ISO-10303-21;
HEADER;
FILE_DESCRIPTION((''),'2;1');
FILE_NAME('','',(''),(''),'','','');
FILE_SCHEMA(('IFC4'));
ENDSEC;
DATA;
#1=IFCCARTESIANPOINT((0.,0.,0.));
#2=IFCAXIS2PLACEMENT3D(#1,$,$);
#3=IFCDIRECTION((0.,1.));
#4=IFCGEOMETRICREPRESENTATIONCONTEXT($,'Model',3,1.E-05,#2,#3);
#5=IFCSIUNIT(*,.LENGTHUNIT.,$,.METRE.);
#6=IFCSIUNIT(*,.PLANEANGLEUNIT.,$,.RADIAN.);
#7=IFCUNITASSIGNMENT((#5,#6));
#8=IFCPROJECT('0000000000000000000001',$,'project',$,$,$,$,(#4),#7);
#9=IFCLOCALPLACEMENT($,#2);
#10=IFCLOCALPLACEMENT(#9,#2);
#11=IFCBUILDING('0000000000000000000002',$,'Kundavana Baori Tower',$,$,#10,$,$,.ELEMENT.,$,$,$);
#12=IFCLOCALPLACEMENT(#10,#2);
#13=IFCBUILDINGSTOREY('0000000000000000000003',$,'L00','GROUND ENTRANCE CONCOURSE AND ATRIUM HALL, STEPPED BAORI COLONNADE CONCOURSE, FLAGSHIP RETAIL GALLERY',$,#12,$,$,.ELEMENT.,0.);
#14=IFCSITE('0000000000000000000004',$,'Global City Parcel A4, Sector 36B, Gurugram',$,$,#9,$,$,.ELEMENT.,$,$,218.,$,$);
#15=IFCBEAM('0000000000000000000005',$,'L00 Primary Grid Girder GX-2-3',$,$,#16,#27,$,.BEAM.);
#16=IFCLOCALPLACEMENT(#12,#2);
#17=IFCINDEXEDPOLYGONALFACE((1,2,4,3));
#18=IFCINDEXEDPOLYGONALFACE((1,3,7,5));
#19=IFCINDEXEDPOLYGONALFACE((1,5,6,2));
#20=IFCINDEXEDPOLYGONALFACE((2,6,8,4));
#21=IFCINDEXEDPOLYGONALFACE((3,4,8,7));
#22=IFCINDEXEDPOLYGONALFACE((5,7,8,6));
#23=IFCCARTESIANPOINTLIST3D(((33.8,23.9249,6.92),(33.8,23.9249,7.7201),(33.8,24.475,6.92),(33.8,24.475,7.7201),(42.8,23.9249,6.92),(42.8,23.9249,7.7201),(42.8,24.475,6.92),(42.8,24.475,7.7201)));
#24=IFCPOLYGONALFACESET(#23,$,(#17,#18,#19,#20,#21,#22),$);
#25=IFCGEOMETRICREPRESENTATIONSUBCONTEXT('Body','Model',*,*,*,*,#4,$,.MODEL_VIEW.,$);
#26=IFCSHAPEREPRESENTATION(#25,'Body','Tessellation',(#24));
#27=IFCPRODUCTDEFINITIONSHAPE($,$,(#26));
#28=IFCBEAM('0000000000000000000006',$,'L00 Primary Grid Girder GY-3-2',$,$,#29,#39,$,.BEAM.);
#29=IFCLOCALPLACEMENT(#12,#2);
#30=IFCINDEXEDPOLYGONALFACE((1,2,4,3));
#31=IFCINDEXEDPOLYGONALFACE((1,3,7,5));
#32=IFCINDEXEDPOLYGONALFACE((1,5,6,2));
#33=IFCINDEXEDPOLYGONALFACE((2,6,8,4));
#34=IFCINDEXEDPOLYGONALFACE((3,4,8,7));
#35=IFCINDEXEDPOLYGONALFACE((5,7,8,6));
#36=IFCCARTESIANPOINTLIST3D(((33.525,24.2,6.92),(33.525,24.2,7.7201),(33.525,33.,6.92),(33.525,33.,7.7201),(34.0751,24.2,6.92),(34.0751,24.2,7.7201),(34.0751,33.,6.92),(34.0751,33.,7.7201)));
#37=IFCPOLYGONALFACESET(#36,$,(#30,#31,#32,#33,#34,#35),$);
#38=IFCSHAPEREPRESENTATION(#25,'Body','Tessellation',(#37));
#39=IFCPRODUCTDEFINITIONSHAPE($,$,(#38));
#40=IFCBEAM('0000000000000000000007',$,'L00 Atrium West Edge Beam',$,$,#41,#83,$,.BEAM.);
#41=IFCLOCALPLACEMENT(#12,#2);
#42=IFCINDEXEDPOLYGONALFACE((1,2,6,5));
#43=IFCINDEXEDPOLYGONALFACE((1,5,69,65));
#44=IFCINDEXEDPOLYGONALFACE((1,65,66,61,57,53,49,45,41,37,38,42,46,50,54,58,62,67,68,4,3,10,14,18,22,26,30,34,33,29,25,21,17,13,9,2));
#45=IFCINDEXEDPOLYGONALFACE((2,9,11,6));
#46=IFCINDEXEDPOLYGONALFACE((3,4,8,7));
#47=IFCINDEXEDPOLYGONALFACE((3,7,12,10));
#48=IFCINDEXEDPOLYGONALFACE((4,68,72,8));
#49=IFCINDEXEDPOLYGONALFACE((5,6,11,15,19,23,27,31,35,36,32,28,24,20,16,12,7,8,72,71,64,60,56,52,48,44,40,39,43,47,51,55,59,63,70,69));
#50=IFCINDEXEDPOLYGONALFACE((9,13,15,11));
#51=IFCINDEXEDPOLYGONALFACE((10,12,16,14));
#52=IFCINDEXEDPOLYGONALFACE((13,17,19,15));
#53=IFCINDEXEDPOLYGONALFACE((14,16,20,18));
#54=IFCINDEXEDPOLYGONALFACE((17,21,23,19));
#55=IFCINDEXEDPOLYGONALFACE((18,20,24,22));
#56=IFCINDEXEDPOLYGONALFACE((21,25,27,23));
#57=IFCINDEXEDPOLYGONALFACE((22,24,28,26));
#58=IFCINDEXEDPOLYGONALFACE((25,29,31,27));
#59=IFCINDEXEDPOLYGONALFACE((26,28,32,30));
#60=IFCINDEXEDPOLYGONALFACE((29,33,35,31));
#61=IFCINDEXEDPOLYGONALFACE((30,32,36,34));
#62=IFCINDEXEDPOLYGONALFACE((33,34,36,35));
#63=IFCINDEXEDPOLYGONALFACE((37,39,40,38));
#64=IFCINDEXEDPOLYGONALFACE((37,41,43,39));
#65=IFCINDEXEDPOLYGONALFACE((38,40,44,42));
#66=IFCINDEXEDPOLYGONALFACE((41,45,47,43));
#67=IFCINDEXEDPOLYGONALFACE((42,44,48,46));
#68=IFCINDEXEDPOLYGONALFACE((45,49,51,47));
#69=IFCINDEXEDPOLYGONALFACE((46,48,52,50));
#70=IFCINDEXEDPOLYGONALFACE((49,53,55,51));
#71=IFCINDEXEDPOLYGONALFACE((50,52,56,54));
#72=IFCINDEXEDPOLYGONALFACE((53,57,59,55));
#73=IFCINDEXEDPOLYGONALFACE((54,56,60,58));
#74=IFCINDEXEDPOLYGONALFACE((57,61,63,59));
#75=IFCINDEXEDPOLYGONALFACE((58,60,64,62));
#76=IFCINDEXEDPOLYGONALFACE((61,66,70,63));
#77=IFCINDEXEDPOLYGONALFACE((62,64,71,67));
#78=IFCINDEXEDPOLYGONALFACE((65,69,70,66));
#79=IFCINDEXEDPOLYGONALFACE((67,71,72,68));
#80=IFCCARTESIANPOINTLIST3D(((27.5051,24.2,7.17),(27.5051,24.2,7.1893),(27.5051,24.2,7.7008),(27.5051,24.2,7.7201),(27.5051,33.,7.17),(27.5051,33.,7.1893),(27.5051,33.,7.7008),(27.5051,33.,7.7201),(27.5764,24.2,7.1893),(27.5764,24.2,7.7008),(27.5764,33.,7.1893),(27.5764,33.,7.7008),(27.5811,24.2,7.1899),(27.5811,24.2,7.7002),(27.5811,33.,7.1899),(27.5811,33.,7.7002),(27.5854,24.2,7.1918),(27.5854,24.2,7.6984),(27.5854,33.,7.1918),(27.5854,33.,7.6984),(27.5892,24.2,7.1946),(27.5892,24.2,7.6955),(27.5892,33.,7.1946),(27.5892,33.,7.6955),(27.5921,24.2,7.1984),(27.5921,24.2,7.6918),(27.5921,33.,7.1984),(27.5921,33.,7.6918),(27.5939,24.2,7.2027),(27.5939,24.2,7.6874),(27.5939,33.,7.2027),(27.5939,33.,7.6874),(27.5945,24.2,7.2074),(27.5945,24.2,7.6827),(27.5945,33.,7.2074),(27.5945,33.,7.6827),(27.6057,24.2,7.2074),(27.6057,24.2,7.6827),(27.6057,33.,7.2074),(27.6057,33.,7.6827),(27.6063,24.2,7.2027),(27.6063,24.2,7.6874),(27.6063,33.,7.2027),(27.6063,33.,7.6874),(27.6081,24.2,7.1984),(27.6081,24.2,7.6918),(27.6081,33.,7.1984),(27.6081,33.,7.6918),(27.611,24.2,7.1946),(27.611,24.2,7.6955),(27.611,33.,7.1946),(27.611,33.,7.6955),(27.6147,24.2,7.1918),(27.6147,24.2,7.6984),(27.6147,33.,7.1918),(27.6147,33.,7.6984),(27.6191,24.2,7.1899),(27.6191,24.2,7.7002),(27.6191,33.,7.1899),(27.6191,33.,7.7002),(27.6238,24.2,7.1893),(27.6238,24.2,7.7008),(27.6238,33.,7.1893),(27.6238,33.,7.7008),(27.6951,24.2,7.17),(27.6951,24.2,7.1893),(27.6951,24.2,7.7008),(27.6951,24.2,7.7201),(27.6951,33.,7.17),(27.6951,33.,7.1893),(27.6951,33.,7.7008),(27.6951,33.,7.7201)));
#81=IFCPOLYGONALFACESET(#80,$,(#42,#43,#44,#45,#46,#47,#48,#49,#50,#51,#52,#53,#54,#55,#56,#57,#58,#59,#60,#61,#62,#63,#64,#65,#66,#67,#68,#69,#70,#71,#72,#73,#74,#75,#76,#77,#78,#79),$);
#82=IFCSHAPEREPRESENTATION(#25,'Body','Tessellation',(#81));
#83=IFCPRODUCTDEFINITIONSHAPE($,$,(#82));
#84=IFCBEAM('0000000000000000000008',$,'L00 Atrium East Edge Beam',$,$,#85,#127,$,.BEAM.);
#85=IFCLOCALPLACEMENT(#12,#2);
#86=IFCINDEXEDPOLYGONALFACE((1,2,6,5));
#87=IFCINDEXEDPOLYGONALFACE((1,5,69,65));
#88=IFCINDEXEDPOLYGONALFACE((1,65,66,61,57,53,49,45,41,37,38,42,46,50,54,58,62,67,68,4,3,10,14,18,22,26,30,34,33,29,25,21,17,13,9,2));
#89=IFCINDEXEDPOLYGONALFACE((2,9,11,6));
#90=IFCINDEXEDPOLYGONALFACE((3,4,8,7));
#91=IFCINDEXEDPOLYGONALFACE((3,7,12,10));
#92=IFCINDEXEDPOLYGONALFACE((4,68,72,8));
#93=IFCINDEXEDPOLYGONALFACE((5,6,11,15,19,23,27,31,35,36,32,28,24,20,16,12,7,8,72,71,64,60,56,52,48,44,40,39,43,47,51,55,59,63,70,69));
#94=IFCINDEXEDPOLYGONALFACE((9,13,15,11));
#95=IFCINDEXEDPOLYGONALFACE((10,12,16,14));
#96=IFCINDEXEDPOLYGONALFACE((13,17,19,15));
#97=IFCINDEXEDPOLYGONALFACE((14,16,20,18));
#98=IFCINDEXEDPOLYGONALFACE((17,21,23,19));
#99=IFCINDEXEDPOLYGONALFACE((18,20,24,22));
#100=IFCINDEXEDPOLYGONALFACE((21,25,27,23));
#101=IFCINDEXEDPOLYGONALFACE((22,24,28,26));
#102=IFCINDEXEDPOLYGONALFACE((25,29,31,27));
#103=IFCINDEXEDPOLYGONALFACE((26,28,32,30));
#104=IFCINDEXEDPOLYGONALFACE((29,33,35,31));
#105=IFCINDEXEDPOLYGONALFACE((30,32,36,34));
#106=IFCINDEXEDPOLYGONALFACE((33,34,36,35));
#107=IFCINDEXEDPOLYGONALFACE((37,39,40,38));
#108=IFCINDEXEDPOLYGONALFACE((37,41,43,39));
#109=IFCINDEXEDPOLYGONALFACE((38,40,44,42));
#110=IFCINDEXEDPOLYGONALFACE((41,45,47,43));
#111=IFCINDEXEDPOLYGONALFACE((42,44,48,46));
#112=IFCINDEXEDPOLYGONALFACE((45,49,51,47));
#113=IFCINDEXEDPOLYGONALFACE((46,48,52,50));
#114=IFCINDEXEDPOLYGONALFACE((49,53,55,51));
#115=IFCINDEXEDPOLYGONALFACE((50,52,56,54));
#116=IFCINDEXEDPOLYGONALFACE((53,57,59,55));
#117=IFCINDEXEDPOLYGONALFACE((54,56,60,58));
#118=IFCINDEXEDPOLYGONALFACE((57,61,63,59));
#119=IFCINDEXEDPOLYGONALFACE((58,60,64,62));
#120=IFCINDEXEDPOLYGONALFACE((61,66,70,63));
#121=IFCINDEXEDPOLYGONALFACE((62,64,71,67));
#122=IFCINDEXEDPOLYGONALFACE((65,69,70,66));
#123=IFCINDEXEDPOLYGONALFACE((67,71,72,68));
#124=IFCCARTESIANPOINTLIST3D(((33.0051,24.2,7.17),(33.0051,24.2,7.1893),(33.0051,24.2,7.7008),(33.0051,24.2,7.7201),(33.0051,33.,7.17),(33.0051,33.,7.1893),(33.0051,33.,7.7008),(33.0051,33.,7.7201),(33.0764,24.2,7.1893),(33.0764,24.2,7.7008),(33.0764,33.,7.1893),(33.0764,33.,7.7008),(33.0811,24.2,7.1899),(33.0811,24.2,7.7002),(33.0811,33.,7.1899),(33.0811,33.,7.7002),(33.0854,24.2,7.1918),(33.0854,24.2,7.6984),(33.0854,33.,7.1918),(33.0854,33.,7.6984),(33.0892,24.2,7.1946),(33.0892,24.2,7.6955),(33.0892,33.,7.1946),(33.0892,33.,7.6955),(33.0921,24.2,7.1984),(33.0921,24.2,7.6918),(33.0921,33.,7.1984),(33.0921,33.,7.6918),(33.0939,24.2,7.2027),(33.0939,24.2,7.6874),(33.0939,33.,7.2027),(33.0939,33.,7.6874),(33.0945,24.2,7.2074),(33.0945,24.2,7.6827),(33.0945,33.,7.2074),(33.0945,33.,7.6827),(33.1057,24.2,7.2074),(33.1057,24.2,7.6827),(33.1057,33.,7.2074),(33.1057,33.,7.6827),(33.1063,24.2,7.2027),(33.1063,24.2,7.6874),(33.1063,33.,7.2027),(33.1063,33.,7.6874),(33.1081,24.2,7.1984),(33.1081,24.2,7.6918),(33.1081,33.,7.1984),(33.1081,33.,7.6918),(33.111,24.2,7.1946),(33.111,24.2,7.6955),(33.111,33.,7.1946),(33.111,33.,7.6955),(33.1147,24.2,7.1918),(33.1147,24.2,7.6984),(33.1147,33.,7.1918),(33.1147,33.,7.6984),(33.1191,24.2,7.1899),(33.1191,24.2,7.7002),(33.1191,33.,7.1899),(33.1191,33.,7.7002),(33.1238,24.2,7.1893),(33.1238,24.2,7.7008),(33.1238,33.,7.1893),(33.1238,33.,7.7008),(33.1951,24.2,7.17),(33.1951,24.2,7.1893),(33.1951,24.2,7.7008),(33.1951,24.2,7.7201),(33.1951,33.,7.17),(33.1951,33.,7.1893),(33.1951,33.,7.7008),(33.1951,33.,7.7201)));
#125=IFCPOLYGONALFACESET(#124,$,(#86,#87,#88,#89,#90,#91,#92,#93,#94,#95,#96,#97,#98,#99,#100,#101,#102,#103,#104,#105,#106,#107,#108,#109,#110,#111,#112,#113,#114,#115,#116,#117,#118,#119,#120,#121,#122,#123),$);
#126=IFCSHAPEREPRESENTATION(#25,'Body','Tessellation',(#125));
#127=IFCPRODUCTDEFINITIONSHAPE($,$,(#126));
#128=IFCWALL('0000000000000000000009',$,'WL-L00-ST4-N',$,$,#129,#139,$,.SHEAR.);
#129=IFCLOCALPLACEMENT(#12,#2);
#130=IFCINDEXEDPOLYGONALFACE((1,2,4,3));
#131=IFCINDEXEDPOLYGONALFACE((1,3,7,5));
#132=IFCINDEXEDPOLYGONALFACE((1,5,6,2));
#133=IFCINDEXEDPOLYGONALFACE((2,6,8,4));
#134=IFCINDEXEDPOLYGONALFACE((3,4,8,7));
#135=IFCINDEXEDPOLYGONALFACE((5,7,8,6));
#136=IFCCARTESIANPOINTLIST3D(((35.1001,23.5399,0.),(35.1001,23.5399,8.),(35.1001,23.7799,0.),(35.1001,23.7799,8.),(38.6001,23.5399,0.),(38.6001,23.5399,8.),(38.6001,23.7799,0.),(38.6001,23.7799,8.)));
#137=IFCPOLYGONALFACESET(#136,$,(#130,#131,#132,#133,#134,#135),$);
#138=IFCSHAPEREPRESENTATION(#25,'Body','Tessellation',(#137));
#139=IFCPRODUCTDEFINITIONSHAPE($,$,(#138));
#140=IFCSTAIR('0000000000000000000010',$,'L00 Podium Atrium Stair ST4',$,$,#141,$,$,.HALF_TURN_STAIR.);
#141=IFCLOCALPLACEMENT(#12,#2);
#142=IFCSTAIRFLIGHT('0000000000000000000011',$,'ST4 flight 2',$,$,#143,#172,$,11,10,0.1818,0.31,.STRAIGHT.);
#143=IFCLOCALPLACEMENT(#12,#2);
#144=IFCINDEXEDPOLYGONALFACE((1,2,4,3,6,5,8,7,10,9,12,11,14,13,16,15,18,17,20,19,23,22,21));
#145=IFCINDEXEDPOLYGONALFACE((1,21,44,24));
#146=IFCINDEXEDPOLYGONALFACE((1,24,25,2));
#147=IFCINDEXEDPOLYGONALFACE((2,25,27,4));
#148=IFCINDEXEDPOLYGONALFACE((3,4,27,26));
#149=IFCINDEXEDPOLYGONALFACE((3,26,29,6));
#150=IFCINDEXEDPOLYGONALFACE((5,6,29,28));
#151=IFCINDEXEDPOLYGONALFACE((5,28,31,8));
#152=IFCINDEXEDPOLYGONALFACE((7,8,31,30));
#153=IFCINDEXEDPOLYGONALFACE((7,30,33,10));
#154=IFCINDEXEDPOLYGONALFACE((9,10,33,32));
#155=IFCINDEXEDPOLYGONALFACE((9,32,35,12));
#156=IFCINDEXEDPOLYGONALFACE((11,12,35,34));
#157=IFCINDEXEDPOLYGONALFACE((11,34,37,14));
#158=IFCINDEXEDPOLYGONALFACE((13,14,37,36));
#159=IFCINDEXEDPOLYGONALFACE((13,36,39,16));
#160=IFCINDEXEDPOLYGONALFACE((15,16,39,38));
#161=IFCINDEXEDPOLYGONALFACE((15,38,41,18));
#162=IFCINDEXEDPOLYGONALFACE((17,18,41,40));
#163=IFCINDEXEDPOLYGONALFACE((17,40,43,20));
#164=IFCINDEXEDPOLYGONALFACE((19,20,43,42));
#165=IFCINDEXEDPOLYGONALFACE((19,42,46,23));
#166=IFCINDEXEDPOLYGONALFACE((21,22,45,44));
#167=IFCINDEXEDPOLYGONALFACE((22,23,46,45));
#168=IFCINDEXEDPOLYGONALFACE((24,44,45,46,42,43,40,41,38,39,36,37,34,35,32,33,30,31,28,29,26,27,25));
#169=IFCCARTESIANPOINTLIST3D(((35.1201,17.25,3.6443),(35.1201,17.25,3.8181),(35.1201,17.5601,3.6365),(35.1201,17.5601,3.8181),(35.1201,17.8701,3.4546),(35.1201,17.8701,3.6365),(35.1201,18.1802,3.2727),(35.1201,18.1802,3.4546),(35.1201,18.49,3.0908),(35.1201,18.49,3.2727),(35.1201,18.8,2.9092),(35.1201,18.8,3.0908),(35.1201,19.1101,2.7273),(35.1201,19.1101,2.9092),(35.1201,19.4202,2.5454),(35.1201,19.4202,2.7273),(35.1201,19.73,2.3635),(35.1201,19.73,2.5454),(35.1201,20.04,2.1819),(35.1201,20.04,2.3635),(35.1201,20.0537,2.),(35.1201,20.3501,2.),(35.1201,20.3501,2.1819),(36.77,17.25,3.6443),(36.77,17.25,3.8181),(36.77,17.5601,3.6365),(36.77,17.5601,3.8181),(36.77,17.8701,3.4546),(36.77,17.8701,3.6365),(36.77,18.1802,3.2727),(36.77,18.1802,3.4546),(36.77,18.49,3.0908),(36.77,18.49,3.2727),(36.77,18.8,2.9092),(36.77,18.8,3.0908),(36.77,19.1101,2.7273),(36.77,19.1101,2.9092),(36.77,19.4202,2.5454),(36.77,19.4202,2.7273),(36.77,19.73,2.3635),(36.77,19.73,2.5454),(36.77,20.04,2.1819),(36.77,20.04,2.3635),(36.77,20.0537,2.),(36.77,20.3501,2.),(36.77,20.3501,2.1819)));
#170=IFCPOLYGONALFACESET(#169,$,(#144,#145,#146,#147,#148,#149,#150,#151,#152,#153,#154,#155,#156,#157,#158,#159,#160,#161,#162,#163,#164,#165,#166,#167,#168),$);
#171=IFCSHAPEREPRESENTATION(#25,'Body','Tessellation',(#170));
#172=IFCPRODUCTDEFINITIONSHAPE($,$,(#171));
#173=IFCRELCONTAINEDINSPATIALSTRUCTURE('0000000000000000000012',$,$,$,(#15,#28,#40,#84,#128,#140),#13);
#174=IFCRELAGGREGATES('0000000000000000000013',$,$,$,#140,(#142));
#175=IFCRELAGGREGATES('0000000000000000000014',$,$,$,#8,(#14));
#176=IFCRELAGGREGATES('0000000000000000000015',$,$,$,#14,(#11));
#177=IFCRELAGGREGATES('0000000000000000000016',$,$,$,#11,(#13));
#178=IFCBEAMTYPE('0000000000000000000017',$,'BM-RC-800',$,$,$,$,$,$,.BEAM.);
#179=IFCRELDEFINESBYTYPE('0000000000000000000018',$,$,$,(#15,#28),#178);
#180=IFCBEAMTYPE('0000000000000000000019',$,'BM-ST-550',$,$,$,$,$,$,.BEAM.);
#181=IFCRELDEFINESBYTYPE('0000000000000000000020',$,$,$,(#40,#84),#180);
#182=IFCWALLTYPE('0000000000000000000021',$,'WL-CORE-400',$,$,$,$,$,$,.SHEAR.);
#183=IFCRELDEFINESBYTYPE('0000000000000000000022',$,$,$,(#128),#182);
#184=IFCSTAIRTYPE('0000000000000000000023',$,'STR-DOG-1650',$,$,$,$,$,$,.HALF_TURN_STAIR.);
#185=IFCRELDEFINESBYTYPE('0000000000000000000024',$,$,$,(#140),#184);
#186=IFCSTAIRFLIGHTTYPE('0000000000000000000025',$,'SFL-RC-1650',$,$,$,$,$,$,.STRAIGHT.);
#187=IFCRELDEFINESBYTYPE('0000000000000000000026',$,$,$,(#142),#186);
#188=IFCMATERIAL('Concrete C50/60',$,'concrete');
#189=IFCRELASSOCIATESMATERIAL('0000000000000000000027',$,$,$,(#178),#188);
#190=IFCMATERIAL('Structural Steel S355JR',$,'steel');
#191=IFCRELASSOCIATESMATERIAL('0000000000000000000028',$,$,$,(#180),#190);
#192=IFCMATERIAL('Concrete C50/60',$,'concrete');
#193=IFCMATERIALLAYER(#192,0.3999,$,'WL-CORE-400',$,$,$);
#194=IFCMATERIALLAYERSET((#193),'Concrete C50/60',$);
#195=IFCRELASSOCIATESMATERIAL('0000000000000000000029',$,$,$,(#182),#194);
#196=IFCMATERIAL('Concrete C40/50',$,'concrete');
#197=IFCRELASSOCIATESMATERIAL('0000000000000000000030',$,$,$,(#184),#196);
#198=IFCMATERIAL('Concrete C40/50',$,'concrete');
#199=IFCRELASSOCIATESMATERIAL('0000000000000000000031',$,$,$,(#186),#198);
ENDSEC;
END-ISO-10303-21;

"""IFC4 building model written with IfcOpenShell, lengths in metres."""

from ifc_helpers import new_model, si_unit, direction, frame, frame_2d, origin, origin_2d, place, context, subcontext, project, spatial, polyline, rectangle, i_section, outline, extrude, material, layer, layer_set, material_profile, profile_set, type_object, element, aggregate, save


model = new_model("IFC4")

# Units and contexts
model_context = context("Model", 3, precision=1e-05, world=origin(), true_north=direction((0.0, 1.0)))
body_context = subcontext(model_context, "Body", "Model", "MODEL_VIEW")
ifc_project = project(units=[si_unit("LENGTHUNIT", "METRE"), si_unit("PLANEANGLEUNIT", "RADIAN")], contexts=[model_context])

# Site, building, storey
site_placement = place(None, origin())
site = spatial("IfcSite", under=ifc_project, at=site_placement, Name="Global City Parcel A4, Sector 36B, Gurugram", CompositionType="ELEMENT", RefElevation=218.0)
building_placement = place(site_placement, origin())
building = spatial("IfcBuilding", under=site, at=building_placement, Name="Kundavana Baori Tower", CompositionType="ELEMENT")
storey_placement = place(building_placement, origin())
storey = spatial("IfcBuildingStorey", under=building, at=storey_placement, Name="L00", Description="GROUND ENTRANCE CONCOURSE AND ATRIUM HALL, STEPPED BAORI COLONNADE CONCOURSE, FLAGSHIP RETAIL GALLERY", CompositionType="ELEMENT", Elevation=0.0)

# Beams
ifc_material_1 = material(Name="Concrete C50/60", Category="concrete")
ifc_material_profile_1 = material_profile(ifc_material_1, rectangle(XDim=0.55, YDim=0.8, at=origin_2d()), Name="RC BM 550x800")
ifc_profile_set_1 = profile_set([ifc_material_profile_1], Name="Concrete C50/60")
beam_type_1 = type_object("IfcBeamType", Name="BM-RC-800", PredefinedType="BEAM", material=ifc_profile_set_1)
beam_1_placement = place(storey_placement, frame((33.8, 24.2, 7.3201), z_axis=(1.0, 0.0, 0.0), x_axis=(0.0, 1.0, 0.0)))
element("IfcBeam", 1, at=beam_1_placement, inside=storey, type_object=beam_type_1, Name="L00 Primary Grid Girder GX-2-3", PredefinedType="BEAM", context=body_context, shape_type="SweptSolid", body=[
    extrude(rectangle(XDim=0.55, YDim=0.8, at=origin_2d()), origin(), (0.0, 0.0, 1.0), 9.0),
])
beam_2_placement = place(storey_placement, frame((33.8, 24.2, 7.3201), z_axis=(0.0, 1.0, 0.0), x_axis=(-1.0, 0.0, 0.0)))
element("IfcBeam", 2, at=beam_2_placement, inside=storey, type_object=beam_type_1, Name="L00 Primary Grid Girder GY-3-2", PredefinedType="BEAM", context=body_context, shape_type="SweptSolid", body=[
    extrude(rectangle(XDim=0.55, YDim=0.8, at=origin_2d()), origin(), (0.0, 0.0, 1.0), 8.8),
])
ifc_material_2 = material(Name="Structural Steel S355JR", Category="steel")
ifc_material_profile_2 = material_profile(ifc_material_2, i_section(OverallWidth=0.1899, OverallDepth=0.55, WebThickness=0.0112, FlangeThickness=0.0193, FilletRadius=0.0181, at=origin_2d()), Name="ISMB 550")
ifc_profile_set_2 = profile_set([ifc_material_profile_2], Name="Structural Steel S355JR")
beam_type_2 = type_object("IfcBeamType", Name="BM-ST-550", PredefinedType="BEAM", material=ifc_profile_set_2)
for number, where, z_axis, x_axis, name in (
    (3, (27.6001, 24.2, 7.4451), (0.0, 1.0, 0.0), (-1.0, 0.0, 0.0), "L00 Atrium West Edge Beam"),
    (4, (33.1001, 24.2, 7.4451), (0.0, 1.0, 0.0), (-1.0, 0.0, 0.0), "L00 Atrium East Edge Beam"),
):
    element("IfcBeam", number, at=place(storey_placement, frame(where, z_axis=z_axis, x_axis=x_axis)), inside=storey, type_object=beam_type_2, Name=name, PredefinedType="BEAM", context=body_context, shape_type="SweptSolid", body=[
        extrude(i_section(OverallWidth=0.1899, OverallDepth=0.55, WebThickness=0.0112, FlangeThickness=0.0193, FilletRadius=0.0181, at=origin_2d()), origin(), (0.0, 0.0, 1.0), 8.8),
    ])

# Wall
ifc_material_3 = material(Name="Concrete C50/60", Category="concrete")
ifc_layer = layer(ifc_material_3, 0.3999, Name="WL-CORE-400")
ifc_layer_set = layer_set([ifc_layer], Name="Concrete C50/60")
wall_type = type_object("IfcWallType", Name="WL-CORE-400", PredefinedType="SHEAR", material=ifc_layer_set)
wall_placement = place(storey_placement, frame((35.1001, 23.6599, 0.0), z_axis=(0.0, 0.0, 1.0), x_axis=(1.0, 0.0, 0.0)))
element("IfcWall", 5, at=wall_placement, inside=storey, type_object=wall_type, Name="WL-L00-ST4-N", PredefinedType="SHEAR", context=body_context, shape_type="SweptSolid", body=[
    extrude(rectangle(XDim=3.5, YDim=0.24, at=frame_2d((1.75, 0.0))), origin(), (0.0, 0.0, 1.0), 8.0),
])

# Stair, stair flight
ifc_material_4 = material(Name="Concrete C40/50", Category="concrete")
stair_type = type_object("IfcStairType", Name="STR-DOG-1650", PredefinedType="HALF_TURN_STAIR", material=ifc_material_4)
stair_placement = place(storey_placement, origin())
stair = element("IfcStair", 6, at=stair_placement, inside=storey, type_object=stair_type, Name="L00 Podium Atrium Stair ST4", PredefinedType="HALF_TURN_STAIR")
ifc_material_5 = material(Name="Concrete C40/50", Category="concrete")
stair_flight_type = type_object("IfcStairFlightType", Name="SFL-RC-1650", PredefinedType="STRAIGHT", material=ifc_material_5)
stair_flight_1_placement = place(storey_placement, frame((35.9451, 20.3501, 2.0), z_axis=(0.0, 0.0, 1.0), x_axis=(0.0, -1.0, 0.0)))
stair_flight_1 = element("IfcStairFlight", 7, at=stair_flight_1_placement, type_object=stair_flight_type, Name="ST4 flight 2", NumberOfRisers=11, NumberOfTreads=10, PredefinedType="STRAIGHT", RiserHeight=0.1818, TreadLength=0.31, context=body_context, shape_type="SweptSolid", body=[
    extrude(outline(polyline([(0.0, 0.0), (0.0, 0.1819), (0.3101, 0.1819), (0.3101, 0.3635), (0.6201, 0.3635), (0.6201, 0.5454), (0.9299, 0.5454), (0.9299, 0.7273), (1.24, 0.7273), (1.24, 0.9092), (1.55, 0.9092), (1.55, 1.0908), (1.8601, 1.0908), (1.8601, 1.2727), (2.1699, 1.2727), (2.1699, 1.4546), (2.48, 1.4546), (2.48, 1.6365), (2.79, 1.6365), (2.79, 1.8181), (3.1001, 1.8181), (3.1001, 2.0), (3.1001, 1.6443), (0.2964, 0.0), (0.0, 0.0)])), frame((0.0, 0.825, 0.0), z_axis=(0.0, -1.0, 0.0), x_axis=(1.0, 0.0, 0.0)), (0.0, 0.0, 1.0), 1.6499),
])
aggregate(stair, [stair_flight_1])

save(model, "model.ifc")
